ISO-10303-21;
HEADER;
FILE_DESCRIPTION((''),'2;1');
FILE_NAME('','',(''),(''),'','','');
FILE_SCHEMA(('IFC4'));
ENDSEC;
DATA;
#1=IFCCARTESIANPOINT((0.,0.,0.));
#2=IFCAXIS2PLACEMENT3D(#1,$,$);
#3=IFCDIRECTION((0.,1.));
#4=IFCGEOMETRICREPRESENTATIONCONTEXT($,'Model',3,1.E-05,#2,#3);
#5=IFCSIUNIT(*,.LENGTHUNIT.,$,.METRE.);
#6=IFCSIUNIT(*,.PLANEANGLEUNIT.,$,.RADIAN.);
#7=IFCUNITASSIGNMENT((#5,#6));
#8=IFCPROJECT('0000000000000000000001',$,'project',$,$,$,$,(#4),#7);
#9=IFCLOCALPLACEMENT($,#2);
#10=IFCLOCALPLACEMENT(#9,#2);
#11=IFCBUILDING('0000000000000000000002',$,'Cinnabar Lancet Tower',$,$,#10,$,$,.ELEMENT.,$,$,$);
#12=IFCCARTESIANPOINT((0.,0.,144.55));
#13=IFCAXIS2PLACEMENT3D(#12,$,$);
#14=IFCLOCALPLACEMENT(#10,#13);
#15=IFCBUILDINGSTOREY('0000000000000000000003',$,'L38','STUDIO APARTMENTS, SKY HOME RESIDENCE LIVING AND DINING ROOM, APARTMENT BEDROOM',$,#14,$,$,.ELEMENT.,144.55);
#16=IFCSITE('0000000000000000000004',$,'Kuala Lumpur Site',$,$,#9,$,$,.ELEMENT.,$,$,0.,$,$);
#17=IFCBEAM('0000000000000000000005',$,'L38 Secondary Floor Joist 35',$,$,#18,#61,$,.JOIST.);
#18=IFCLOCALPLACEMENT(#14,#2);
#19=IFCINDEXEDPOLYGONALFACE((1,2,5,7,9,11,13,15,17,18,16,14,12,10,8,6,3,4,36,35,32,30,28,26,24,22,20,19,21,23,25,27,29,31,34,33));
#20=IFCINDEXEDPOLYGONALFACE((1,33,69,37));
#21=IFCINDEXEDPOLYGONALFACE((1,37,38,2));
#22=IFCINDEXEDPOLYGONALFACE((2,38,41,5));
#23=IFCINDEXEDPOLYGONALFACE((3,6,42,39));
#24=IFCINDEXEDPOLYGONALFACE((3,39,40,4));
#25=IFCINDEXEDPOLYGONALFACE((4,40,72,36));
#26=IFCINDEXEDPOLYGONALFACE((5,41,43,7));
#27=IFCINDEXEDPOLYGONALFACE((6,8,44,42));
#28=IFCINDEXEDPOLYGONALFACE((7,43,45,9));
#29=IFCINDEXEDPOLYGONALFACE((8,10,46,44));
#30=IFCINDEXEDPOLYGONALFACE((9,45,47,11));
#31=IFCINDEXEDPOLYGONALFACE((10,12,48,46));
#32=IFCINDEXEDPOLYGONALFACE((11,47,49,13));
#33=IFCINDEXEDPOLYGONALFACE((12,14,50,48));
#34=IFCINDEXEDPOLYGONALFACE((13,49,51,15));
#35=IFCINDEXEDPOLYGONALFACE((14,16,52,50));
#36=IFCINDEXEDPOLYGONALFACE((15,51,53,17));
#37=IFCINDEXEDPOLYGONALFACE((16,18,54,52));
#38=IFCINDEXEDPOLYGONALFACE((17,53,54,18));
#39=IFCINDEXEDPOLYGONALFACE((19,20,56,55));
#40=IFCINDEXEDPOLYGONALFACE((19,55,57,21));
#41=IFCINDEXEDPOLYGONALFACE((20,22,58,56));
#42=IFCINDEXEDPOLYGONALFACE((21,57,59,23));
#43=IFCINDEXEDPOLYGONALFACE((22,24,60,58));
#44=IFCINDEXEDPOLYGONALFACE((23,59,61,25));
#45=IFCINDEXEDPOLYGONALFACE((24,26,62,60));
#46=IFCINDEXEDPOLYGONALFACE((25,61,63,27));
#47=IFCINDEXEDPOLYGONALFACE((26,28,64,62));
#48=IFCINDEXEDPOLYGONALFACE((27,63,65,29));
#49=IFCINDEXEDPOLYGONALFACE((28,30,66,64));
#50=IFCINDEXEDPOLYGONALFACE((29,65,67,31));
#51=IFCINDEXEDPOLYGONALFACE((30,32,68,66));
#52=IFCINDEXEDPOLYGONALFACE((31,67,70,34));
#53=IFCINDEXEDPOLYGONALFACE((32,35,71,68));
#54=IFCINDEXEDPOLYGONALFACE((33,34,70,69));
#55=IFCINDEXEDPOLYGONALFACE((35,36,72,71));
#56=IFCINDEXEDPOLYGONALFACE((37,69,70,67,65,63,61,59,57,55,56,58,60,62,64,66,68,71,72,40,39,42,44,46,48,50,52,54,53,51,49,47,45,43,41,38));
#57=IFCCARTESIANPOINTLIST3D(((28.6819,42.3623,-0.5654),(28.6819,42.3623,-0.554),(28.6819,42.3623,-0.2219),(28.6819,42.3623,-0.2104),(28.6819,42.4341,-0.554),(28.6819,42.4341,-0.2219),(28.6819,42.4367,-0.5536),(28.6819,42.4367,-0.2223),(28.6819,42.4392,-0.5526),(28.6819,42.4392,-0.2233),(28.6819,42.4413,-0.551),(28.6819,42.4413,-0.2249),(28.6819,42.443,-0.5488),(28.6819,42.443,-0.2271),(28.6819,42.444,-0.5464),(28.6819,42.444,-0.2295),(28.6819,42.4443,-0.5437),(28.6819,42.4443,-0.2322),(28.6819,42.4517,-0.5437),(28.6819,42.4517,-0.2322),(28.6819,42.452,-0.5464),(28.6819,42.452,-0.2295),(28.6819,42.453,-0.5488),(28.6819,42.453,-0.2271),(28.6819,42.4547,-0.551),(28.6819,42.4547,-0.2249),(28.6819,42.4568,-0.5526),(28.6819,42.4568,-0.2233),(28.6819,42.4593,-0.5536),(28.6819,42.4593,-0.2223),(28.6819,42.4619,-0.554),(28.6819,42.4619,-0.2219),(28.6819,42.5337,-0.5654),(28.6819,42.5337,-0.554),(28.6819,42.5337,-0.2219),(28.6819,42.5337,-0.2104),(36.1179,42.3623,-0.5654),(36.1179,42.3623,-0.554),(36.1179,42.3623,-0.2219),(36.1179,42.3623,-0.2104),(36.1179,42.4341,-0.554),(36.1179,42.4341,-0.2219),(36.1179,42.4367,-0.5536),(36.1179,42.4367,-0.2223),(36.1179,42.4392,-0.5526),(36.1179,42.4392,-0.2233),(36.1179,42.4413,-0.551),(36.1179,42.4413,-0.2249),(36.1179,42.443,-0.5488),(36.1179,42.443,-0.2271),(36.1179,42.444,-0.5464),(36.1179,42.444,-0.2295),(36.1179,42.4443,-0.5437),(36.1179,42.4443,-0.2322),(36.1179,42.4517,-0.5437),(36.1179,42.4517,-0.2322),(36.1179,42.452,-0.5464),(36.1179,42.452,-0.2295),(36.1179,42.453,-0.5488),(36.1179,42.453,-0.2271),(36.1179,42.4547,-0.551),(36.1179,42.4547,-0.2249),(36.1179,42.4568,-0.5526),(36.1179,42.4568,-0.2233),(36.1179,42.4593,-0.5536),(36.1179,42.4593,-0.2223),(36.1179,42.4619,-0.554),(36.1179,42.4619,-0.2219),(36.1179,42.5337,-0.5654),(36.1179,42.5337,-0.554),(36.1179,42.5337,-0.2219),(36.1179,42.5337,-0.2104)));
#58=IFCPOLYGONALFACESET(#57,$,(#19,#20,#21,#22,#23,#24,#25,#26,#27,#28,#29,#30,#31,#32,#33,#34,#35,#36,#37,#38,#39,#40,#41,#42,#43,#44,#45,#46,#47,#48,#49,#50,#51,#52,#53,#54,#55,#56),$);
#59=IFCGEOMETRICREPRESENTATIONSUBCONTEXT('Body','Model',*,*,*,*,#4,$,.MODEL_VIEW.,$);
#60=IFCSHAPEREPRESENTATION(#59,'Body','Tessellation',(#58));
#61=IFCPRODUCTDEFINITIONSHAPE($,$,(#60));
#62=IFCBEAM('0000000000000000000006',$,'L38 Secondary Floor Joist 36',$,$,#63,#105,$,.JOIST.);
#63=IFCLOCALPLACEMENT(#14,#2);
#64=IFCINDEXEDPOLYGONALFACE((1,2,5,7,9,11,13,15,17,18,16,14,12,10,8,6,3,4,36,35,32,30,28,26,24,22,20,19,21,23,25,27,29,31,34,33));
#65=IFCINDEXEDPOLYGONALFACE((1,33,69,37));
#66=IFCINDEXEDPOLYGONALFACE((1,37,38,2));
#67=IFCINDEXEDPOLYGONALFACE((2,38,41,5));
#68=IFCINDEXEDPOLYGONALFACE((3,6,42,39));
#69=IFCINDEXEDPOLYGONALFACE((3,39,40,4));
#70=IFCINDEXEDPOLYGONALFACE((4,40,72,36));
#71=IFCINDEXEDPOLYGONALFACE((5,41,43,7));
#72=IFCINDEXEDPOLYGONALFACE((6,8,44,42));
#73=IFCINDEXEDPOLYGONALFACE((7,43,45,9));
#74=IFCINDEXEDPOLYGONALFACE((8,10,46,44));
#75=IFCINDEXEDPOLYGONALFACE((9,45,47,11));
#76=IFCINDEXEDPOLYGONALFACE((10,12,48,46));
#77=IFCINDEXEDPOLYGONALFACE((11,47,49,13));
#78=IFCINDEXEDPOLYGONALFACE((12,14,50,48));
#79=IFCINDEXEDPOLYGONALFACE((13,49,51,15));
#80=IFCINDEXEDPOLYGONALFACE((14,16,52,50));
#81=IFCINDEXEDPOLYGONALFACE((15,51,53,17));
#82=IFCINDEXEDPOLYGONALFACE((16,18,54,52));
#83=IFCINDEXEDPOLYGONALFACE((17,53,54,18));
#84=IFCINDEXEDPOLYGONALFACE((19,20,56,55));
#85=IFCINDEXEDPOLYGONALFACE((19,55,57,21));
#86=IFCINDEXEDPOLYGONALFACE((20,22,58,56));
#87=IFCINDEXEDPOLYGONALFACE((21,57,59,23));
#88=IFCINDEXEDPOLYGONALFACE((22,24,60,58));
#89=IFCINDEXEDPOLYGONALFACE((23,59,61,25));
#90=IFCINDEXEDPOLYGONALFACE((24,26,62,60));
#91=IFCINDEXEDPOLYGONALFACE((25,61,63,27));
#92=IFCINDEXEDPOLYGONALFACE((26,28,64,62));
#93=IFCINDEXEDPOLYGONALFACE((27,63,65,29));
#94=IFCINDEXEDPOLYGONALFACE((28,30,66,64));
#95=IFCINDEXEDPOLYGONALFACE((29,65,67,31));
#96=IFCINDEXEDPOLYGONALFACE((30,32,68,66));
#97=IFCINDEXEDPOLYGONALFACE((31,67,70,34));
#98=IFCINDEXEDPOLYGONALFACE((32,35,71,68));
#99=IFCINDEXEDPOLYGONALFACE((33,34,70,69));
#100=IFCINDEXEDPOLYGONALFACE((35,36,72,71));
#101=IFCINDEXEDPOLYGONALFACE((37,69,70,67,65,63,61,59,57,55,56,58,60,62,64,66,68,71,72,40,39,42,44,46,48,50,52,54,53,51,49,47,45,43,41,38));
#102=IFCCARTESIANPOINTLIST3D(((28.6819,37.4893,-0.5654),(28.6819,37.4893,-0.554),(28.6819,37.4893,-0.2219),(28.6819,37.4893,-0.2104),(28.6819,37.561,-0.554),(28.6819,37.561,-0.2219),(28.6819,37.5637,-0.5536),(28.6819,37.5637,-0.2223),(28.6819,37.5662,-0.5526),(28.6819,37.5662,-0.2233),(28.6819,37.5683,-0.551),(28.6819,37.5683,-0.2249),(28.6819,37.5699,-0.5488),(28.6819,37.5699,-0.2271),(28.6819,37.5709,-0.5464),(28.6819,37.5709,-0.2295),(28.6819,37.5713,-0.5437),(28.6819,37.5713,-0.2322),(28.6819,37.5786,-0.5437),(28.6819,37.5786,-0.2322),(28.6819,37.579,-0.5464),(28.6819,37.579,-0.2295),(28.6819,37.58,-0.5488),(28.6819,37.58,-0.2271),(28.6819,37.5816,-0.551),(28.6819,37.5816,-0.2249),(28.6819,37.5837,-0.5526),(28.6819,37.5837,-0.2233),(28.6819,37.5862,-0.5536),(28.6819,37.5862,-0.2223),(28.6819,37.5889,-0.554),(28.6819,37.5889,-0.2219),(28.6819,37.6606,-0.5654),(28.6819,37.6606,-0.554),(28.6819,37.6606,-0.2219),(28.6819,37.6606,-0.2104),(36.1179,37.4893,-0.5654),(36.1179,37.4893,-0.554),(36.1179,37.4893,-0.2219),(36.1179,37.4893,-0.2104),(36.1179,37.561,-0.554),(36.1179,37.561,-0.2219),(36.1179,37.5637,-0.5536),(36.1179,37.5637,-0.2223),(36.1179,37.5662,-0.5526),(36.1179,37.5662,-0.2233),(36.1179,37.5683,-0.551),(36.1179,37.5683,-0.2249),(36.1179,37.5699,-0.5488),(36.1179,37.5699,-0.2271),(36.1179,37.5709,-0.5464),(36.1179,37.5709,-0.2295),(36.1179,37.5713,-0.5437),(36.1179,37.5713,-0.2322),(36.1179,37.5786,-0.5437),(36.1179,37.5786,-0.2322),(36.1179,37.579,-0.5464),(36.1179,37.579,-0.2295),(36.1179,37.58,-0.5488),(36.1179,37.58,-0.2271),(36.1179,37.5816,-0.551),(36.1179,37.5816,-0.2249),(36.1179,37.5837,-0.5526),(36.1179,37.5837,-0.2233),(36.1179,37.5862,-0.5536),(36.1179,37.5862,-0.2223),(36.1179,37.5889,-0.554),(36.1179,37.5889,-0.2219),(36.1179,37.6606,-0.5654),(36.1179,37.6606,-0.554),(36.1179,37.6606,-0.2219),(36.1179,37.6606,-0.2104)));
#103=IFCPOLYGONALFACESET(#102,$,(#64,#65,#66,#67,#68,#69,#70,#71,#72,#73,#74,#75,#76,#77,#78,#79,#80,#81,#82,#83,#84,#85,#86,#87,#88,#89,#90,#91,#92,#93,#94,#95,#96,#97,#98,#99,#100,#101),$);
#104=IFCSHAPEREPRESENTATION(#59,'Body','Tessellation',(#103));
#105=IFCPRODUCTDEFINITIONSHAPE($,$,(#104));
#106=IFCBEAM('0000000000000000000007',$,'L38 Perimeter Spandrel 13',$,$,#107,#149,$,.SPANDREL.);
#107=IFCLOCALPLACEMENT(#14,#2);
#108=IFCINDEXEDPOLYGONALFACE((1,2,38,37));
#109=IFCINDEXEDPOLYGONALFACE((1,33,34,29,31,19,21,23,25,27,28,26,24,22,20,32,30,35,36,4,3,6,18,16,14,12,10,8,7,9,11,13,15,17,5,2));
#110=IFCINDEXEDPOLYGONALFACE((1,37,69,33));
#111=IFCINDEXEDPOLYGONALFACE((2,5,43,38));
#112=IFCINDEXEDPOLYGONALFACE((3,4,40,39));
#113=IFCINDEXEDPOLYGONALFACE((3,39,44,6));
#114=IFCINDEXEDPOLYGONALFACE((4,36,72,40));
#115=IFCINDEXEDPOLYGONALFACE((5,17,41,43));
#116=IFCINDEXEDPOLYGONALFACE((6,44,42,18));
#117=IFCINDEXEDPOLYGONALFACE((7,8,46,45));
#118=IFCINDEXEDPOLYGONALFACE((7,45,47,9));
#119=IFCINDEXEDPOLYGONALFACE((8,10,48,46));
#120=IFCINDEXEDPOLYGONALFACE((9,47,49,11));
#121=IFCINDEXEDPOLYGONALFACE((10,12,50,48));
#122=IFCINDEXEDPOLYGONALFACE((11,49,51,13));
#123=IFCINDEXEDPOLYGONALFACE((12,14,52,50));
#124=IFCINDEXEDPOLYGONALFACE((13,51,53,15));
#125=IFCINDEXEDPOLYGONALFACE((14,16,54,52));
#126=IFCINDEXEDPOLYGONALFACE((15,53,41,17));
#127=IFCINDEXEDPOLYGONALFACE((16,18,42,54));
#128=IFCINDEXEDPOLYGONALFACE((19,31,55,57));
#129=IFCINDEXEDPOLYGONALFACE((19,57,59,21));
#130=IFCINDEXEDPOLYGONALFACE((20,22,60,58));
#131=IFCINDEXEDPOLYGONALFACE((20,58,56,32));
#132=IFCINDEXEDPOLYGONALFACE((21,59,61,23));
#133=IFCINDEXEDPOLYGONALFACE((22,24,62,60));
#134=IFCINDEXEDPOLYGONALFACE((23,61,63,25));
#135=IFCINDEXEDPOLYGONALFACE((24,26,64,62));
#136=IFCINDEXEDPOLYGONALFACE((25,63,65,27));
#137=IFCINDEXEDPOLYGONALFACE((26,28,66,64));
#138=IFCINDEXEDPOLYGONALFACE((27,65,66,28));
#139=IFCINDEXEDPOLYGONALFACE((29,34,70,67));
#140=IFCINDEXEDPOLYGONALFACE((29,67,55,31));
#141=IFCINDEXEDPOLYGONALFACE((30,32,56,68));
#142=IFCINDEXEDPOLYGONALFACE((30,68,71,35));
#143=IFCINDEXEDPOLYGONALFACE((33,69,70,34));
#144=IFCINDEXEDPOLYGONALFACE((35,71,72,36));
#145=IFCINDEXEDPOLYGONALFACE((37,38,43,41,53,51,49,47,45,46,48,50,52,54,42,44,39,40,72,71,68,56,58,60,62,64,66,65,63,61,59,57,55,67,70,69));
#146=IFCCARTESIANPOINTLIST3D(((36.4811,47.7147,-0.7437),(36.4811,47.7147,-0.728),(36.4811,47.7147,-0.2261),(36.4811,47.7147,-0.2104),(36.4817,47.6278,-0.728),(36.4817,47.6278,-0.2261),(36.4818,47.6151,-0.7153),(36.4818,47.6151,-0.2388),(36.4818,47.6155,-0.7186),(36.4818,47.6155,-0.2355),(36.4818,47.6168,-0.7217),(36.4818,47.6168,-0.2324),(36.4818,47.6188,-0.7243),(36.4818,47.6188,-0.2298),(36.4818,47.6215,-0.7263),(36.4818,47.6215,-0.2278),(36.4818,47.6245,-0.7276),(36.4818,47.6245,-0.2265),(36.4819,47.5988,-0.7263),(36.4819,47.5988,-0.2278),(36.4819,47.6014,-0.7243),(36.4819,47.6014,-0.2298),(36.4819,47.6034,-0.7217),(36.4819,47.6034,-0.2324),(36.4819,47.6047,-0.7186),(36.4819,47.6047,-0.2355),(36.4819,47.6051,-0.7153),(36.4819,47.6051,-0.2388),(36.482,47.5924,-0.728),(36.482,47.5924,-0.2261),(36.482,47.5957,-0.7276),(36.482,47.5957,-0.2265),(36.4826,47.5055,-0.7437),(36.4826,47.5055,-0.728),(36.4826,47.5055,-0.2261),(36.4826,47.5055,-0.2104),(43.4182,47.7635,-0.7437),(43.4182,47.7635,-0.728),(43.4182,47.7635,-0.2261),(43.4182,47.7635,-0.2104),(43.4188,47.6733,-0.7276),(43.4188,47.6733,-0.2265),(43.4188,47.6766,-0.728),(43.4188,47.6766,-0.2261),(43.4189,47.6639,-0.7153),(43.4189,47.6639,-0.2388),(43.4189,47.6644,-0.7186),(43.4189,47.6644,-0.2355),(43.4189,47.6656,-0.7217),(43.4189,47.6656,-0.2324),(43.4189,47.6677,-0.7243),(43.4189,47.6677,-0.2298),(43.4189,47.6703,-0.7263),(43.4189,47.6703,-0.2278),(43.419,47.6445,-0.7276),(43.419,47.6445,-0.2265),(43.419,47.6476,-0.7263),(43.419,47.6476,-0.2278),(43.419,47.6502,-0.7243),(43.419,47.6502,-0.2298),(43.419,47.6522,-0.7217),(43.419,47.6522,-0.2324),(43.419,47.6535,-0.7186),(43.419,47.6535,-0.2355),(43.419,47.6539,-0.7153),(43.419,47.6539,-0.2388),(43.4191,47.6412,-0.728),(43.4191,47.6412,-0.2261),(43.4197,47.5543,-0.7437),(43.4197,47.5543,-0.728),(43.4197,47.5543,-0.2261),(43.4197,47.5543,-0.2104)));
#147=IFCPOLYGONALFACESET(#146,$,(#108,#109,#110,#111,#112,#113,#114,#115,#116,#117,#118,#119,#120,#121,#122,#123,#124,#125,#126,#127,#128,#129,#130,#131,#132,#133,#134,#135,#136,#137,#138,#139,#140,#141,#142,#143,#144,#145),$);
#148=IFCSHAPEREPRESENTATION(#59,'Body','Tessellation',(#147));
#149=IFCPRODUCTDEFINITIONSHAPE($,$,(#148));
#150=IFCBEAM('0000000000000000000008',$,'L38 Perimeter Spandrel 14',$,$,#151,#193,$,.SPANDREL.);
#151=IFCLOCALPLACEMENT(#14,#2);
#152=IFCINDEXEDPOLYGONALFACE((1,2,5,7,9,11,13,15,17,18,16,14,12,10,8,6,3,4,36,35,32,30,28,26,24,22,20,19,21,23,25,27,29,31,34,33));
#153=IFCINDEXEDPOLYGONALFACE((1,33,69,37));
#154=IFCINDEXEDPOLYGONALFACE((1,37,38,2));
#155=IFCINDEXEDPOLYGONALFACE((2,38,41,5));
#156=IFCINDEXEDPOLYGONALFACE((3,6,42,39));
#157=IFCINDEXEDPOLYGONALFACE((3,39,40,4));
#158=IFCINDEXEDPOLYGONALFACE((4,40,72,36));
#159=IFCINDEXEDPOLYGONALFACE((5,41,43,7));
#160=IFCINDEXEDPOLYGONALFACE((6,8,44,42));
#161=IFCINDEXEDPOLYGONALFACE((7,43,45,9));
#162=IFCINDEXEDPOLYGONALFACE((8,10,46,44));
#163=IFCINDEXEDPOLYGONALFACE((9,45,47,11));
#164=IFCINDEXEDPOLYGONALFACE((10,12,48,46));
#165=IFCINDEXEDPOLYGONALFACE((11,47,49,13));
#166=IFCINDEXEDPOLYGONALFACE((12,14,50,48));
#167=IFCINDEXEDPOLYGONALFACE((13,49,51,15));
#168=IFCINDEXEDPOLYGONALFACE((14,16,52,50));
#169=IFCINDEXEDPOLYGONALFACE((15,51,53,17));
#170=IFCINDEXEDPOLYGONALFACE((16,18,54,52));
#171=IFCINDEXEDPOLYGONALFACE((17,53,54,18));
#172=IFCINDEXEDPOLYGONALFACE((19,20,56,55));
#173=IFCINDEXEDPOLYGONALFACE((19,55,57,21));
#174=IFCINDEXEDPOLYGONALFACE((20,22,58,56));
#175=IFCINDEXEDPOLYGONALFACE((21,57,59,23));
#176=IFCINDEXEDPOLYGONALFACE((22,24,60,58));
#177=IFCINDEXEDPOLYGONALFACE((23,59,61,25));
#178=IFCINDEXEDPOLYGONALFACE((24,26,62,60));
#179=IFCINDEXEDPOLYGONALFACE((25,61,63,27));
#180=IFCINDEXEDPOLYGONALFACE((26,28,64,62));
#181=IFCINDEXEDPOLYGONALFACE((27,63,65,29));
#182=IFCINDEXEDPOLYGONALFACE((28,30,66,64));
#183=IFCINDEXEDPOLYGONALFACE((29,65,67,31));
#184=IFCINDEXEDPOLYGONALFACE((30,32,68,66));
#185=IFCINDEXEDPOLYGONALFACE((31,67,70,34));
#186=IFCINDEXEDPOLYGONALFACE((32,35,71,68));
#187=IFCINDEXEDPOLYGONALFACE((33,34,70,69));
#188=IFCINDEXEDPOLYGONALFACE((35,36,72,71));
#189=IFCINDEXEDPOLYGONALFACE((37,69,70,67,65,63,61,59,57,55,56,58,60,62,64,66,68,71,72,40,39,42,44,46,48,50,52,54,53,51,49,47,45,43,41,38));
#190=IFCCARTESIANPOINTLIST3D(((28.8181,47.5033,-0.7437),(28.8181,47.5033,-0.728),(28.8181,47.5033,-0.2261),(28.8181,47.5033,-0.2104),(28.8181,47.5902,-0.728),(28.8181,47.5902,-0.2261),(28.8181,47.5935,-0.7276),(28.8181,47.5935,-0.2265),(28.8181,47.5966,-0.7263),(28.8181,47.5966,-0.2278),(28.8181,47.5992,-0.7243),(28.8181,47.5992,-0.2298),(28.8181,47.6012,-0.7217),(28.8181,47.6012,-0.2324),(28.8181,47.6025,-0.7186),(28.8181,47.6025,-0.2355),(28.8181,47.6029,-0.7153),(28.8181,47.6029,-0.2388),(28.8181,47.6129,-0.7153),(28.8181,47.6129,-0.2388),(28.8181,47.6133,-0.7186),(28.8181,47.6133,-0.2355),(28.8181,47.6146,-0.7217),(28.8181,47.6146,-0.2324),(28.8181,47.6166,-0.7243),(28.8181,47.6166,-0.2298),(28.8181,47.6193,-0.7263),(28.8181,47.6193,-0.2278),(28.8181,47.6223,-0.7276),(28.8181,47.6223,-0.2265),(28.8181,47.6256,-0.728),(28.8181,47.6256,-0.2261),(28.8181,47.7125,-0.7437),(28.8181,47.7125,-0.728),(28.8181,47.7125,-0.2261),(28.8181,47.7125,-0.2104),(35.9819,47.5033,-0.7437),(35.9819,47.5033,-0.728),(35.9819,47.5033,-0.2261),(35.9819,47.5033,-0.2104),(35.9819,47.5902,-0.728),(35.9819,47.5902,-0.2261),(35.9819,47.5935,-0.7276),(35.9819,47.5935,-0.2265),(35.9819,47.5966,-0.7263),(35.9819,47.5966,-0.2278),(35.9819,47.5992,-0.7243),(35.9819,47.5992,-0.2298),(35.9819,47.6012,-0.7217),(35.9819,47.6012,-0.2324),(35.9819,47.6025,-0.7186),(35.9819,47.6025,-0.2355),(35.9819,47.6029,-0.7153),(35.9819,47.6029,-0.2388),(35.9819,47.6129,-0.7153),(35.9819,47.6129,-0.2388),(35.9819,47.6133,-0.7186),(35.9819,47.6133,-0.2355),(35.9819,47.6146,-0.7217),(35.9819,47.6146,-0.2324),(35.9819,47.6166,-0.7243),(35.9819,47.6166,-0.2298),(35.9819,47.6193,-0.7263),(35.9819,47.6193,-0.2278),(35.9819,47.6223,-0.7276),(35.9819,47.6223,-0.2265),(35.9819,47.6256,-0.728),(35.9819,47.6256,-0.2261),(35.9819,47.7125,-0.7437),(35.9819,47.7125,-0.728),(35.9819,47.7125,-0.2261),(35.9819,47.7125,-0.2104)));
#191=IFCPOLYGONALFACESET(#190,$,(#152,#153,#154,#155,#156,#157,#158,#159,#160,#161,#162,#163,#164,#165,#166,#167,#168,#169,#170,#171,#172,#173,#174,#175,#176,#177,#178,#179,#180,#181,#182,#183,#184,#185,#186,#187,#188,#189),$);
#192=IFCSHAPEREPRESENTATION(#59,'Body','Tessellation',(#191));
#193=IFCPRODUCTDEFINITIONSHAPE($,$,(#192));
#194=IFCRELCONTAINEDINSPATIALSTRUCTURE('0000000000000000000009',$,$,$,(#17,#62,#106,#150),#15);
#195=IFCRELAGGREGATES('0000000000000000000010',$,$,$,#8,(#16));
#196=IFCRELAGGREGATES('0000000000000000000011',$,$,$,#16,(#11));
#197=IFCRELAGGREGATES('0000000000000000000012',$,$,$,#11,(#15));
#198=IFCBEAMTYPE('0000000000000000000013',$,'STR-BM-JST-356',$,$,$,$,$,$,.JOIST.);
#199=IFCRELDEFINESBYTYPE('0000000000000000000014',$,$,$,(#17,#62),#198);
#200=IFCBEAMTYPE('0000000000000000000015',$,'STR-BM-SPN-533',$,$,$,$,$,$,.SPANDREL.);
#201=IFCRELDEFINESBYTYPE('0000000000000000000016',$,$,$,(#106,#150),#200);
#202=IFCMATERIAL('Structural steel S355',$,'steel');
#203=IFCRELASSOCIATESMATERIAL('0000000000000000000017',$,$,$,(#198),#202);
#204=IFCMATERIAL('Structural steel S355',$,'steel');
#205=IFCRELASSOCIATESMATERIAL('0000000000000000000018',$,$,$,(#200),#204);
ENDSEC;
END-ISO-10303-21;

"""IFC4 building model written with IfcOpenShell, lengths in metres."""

from ifc_helpers import new_model, si_unit, direction, frame, origin, origin_2d, place, context, subcontext, project, spatial, i_section, extrude, material, material_profile, profile_set, type_object, element, save


model = new_model("IFC4")

# Units and contexts
model_context = context("Model", 3, precision=1e-05, world=origin(), true_north=direction((0.0, 1.0)))
body_context = subcontext(model_context, "Body", "Model", "MODEL_VIEW")
ifc_project = project(units=[si_unit("LENGTHUNIT", "METRE"), si_unit("PLANEANGLEUNIT", "RADIAN")], contexts=[model_context])

# Site, building, storey
site_placement = place(None, origin())
site = spatial("IfcSite", under=ifc_project, at=site_placement, Name="Kuala Lumpur Site", CompositionType="ELEMENT", RefElevation=0.0)
building_placement = place(site_placement, origin())
building = spatial("IfcBuilding", under=site, at=building_placement, Name="Cinnabar Lancet Tower", CompositionType="ELEMENT")
storey_placement = place(building_placement, frame((0.0, 0.0, 144.55)))
storey = spatial("IfcBuildingStorey", under=building, at=storey_placement, Name="L38", Description="STUDIO APARTMENTS, SKY HOME RESIDENCE LIVING AND DINING ROOM, APARTMENT BEDROOM", CompositionType="ELEMENT", Elevation=144.55)

# Beams
ifc_material_1 = material(Name="Structural steel S355", Category="steel")
ifc_material_profile_1 = material_profile(ifc_material_1, i_section(OverallWidth=0.1714, OverallDepth=0.355, WebThickness=0.0073, FlangeThickness=0.0115, FilletRadius=0.0103, at=origin_2d()), Name="UKB 356x171x51")
ifc_profile_set_1 = profile_set([ifc_material_profile_1], Name="Structural steel S355")
beam_type_1 = type_object("IfcBeamType", Name="STR-BM-JST-356", PredefinedType="JOIST", material=ifc_profile_set_1)
for number, where, z_axis, x_axis, name in (
    (1, (36.1179, 42.448, -0.3879), (-1.0, 0.0, 0.0), (0.0, -1.0, 0.0), "L38 Secondary Floor Joist 35"),
    (2, (36.1179, 37.575, -0.3879), (-1.0, 0.0, 0.0), (0.0, -1.0, 0.0), "L38 Secondary Floor Joist 36"),
):
    element("IfcBeam", number, at=place(storey_placement, frame(where, z_axis=z_axis, x_axis=x_axis)), inside=storey, type_object=beam_type_1, Name=name, PredefinedType="JOIST", context=body_context, shape_type="SweptSolid", body=[
        extrude(i_section(OverallWidth=0.1714, OverallDepth=0.355, WebThickness=0.0073, FlangeThickness=0.0115, FilletRadius=0.0103, at=origin_2d()), origin(), (0.0, 0.0, 1.0), 7.436),
    ])
ifc_material_2 = material(Name="Structural steel S355", Category="steel")
ifc_material_profile_2 = material_profile(ifc_material_2, i_section(OverallWidth=0.2092, OverallDepth=0.5332, WebThickness=0.01, FlangeThickness=0.0156, FilletRadius=0.0127, at=origin_2d()), Name="UKB 533x210x92")
ifc_profile_set_2 = profile_set([ifc_material_profile_2], Name="Structural steel S355")
beam_type_2 = type_object("IfcBeamType", Name="STR-BM-SPN-533", PredefinedType="SPANDREL", material=ifc_profile_set_2)
beam_1_placement = place(storey_placement, frame((43.4189, 47.6589, -0.4771), z_axis=(-0.999975, -0.007039, 0.0), x_axis=(0.007039, -0.999975, 0.0)))
element("IfcBeam", 3, at=beam_1_placement, inside=storey, type_object=beam_type_2, Name="L38 Perimeter Spandrel 13", PredefinedType="SPANDREL", context=body_context, shape_type="SweptSolid", body=[
    extrude(i_section(OverallWidth=0.2092, OverallDepth=0.5332, WebThickness=0.01, FlangeThickness=0.0156, FilletRadius=0.0127, at=origin_2d()), origin(), (0.0, 0.0, 1.0), 6.9373),
])
beam_2_placement = place(storey_placement, frame((35.9819, 47.6079, -0.4771), z_axis=(-1.0, 0.0, 0.0), x_axis=(0.0, -1.0, 0.0)))
element("IfcBeam", 4, at=beam_2_placement, inside=storey, type_object=beam_type_2, Name="L38 Perimeter Spandrel 14", PredefinedType="SPANDREL", context=body_context, shape_type="SweptSolid", body=[
    extrude(i_section(OverallWidth=0.2092, OverallDepth=0.5332, WebThickness=0.01, FlangeThickness=0.0156, FilletRadius=0.0127, at=origin_2d()), origin(), (0.0, 0.0, 1.0), 7.1638),
])

save(model, "model.ifc")
